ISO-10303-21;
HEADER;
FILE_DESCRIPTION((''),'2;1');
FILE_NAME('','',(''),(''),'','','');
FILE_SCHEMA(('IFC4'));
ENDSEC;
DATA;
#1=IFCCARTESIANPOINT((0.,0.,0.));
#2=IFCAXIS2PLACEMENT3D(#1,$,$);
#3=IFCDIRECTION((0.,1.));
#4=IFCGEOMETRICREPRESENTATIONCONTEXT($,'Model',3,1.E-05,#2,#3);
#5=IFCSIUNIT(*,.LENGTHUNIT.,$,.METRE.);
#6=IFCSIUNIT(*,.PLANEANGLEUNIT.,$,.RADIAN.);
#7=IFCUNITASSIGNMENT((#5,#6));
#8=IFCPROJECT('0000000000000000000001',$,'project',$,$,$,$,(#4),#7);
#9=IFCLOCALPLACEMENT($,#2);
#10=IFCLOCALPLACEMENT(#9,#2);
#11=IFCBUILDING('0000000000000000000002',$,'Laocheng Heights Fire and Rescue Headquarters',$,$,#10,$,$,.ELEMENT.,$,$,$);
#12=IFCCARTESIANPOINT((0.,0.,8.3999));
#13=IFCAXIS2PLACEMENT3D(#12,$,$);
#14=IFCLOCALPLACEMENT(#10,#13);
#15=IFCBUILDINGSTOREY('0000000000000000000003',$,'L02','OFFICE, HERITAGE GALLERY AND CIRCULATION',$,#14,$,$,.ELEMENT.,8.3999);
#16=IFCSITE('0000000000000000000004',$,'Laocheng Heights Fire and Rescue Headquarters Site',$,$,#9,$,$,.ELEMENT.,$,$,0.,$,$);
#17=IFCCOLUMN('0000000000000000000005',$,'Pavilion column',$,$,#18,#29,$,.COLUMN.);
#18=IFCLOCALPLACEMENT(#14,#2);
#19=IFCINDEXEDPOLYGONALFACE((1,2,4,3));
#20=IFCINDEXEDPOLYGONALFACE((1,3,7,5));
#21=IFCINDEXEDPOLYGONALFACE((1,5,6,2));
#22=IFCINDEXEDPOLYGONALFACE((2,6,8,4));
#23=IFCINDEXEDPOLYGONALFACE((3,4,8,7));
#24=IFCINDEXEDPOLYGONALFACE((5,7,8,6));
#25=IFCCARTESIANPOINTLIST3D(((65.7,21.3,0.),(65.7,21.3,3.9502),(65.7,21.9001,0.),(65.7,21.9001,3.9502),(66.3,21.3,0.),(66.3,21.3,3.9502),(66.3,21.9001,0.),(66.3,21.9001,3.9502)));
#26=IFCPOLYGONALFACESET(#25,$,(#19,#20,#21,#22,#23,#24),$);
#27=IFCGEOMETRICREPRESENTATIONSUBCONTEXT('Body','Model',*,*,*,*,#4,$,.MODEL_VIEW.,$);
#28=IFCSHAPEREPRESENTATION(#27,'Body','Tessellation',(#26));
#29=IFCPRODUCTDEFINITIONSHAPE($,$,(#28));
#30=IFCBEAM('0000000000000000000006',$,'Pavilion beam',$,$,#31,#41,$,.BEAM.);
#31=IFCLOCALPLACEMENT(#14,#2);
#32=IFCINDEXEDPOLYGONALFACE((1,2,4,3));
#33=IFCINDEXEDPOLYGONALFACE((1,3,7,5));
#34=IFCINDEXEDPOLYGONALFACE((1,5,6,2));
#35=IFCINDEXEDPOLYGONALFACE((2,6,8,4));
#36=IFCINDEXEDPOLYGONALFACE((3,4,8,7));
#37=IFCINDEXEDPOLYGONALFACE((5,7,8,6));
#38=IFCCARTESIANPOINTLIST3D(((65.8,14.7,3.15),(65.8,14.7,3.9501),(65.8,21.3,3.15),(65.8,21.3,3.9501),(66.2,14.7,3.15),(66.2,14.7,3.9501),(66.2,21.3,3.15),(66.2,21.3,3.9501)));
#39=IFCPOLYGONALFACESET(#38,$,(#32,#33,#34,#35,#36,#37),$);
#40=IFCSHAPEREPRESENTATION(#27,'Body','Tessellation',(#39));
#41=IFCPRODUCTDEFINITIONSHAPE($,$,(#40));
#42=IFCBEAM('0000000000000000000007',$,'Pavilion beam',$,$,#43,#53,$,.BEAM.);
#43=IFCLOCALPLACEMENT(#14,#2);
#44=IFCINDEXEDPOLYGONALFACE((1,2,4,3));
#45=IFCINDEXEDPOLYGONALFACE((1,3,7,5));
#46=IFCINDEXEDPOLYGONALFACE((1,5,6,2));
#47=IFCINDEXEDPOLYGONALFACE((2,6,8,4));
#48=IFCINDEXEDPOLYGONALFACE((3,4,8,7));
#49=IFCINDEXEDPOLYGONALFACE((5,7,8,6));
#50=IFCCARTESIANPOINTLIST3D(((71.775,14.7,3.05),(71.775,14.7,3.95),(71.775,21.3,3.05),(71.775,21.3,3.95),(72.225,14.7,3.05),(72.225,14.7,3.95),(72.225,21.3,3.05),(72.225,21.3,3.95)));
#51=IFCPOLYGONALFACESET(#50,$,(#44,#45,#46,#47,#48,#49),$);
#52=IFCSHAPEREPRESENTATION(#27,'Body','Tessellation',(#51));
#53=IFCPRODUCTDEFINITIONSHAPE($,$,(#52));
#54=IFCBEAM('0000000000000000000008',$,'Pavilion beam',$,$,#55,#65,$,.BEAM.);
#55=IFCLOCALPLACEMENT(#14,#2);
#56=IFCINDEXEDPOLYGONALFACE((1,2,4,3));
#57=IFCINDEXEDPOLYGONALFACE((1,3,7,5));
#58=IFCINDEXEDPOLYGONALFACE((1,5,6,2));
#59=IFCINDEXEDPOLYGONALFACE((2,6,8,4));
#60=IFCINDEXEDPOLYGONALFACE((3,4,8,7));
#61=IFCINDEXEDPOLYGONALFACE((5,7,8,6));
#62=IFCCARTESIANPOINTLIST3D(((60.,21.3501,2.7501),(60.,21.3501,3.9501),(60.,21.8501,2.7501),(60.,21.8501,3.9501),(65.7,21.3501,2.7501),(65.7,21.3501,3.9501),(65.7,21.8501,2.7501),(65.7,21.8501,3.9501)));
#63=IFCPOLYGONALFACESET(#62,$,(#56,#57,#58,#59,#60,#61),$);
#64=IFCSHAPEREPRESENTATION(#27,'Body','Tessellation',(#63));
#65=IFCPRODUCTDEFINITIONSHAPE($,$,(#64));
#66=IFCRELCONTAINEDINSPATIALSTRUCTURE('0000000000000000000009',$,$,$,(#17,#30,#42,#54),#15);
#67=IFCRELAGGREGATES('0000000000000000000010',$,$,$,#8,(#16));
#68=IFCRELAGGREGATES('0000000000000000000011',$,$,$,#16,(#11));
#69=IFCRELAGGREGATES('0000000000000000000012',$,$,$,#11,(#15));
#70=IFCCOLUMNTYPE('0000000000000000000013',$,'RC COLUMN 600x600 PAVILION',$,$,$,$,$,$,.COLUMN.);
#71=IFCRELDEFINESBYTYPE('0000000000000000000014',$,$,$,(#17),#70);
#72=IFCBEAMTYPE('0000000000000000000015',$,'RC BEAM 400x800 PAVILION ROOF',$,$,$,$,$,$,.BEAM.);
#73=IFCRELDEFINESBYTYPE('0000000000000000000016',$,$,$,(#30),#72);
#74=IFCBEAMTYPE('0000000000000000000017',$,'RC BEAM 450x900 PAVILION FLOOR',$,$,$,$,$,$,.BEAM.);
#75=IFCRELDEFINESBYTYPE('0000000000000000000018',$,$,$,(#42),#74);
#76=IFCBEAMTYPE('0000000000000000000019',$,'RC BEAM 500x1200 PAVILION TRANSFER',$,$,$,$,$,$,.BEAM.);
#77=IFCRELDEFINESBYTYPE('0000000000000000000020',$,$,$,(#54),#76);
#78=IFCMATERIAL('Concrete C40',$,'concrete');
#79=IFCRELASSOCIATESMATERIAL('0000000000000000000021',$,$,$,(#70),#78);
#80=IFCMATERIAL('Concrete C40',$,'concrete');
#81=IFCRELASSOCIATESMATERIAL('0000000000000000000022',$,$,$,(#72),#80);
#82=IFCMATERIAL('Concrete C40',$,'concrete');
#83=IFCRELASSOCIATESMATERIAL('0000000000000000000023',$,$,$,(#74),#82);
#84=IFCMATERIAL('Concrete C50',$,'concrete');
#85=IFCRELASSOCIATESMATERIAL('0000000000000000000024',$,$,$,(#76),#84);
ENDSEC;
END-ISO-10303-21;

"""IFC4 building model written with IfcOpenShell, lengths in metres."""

from ifc_helpers import new_model, si_unit, direction, frame, origin, origin_2d, place, context, subcontext, project, spatial, rectangle, extrude, material, material_profile, profile_set, type_object, element, save


model = new_model("IFC4")

# Units and contexts
model_context = context("Model", 3, precision=1e-05, world=origin(), true_north=direction((0.0, 1.0)))
body_context = subcontext(model_context, "Body", "Model", "MODEL_VIEW")
ifc_project = project(units=[si_unit("LENGTHUNIT", "METRE"), si_unit("PLANEANGLEUNIT", "RADIAN")], contexts=[model_context])

# Site, building, storey
site_placement = place(None, origin())
site = spatial("IfcSite", under=ifc_project, at=site_placement, Name="Laocheng Heights Fire and Rescue Headquarters Site", CompositionType="ELEMENT", RefElevation=0.0)
building_placement = place(site_placement, origin())
building = spatial("IfcBuilding", under=site, at=building_placement, Name="Laocheng Heights Fire and Rescue Headquarters", CompositionType="ELEMENT")
storey_placement = place(building_placement, frame((0.0, 0.0, 8.3999)))
storey = spatial("IfcBuildingStorey", under=building, at=storey_placement, Name="L02", Description="OFFICE, HERITAGE GALLERY AND CIRCULATION", CompositionType="ELEMENT", Elevation=8.3999)

# Column
ifc_material_1 = material(Name="Concrete C40", Category="concrete")
ifc_material_profile_1 = material_profile(ifc_material_1, rectangle(XDim=0.6001, YDim=0.6001, at=origin_2d()), Name="RC COLUMN 600x600 PAVILION")
ifc_profile_set_1 = profile_set([ifc_material_profile_1], Name="Concrete C40")
column_type = type_object("IfcColumnType", Name="RC COLUMN 600x600 PAVILION", PredefinedType="COLUMN", material=ifc_profile_set_1)
column_placement = place(storey_placement, frame((66.0, 21.6001, 0.0), z_axis=(0.0, 0.0, 1.0), x_axis=(1.0, 0.0, 0.0)))
element("IfcColumn", 1, at=column_placement, inside=storey, type_object=column_type, Name="Pavilion column", PredefinedType="COLUMN", context=body_context, shape_type="SweptSolid", body=[
    extrude(rectangle(XDim=0.6001, YDim=0.6001, at=origin_2d()), origin(), (0.0, 0.0, 1.0), 3.9502),
])

# Beams
ifc_material_2 = material(Name="Concrete C40", Category="concrete")
ifc_material_profile_2 = material_profile(ifc_material_2, rectangle(XDim=0.3999, YDim=0.8, at=origin_2d()), Name="RC BEAM 400x800 PAVILION ROOF")
ifc_profile_set_2 = profile_set([ifc_material_profile_2], Name="Concrete C40")
beam_type_1 = type_object("IfcBeamType", Name="RC BEAM 400x800 PAVILION ROOF", PredefinedType="BEAM", material=ifc_profile_set_2)
beam_1_placement = place(storey_placement, frame((66.0, 14.7, 3.55), z_axis=(0.0, 1.0, 0.0), x_axis=(-1.0, 0.0, 0.0)))
element("IfcBeam", 2, at=beam_1_placement, inside=storey, type_object=beam_type_1, Name="Pavilion beam", PredefinedType="BEAM", context=body_context, shape_type="SweptSolid", body=[
    extrude(rectangle(XDim=0.3999, YDim=0.8, at=origin_2d()), origin(), (0.0, 0.0, 1.0), 6.6001),
])
ifc_material_3 = material(Name="Concrete C40", Category="concrete")
ifc_material_profile_3 = material_profile(ifc_material_3, rectangle(XDim=0.45, YDim=0.8999, at=origin_2d()), Name="RC BEAM 450x900 PAVILION FLOOR")
ifc_profile_set_3 = profile_set([ifc_material_profile_3], Name="Concrete C40")
beam_type_2 = type_object("IfcBeamType", Name="RC BEAM 450x900 PAVILION FLOOR", PredefinedType="BEAM", material=ifc_profile_set_3)
beam_2_placement = place(storey_placement, frame((72.0, 14.7, 3.5), z_axis=(0.0, 1.0, 0.0), x_axis=(-1.0, 0.0, 0.0)))
element("IfcBeam", 3, at=beam_2_placement, inside=storey, type_object=beam_type_2, Name="Pavilion beam", PredefinedType="BEAM", context=body_context, shape_type="SweptSolid", body=[
    extrude(rectangle(XDim=0.45, YDim=0.8999, at=origin_2d()), origin(), (0.0, 0.0, 1.0), 6.6001),
])
ifc_material_4 = material(Name="Concrete C50", Category="concrete")
ifc_material_profile_4 = material_profile(ifc_material_4, rectangle(XDim=0.5, YDim=1.2, at=origin_2d()), Name="RC BEAM 500x1200 PAVILION TRANSFER")
ifc_profile_set_4 = profile_set([ifc_material_profile_4], Name="Concrete C50")
beam_type_3 = type_object("IfcBeamType", Name="RC BEAM 500x1200 PAVILION TRANSFER", PredefinedType="BEAM", material=ifc_profile_set_4)
beam_3_placement = place(storey_placement, frame((60.0, 21.6001, 3.3501), z_axis=(1.0, 0.0, 0.0), x_axis=(0.0, 1.0, 0.0)))
element("IfcBeam", 4, at=beam_3_placement, inside=storey, type_object=beam_type_3, Name="Pavilion beam", PredefinedType="BEAM", context=body_context, shape_type="SweptSolid", body=[
    extrude(rectangle(XDim=0.5, YDim=1.2, at=origin_2d()), origin(), (0.0, 0.0, 1.0), 5.7),
])

save(model, "model.ifc")
